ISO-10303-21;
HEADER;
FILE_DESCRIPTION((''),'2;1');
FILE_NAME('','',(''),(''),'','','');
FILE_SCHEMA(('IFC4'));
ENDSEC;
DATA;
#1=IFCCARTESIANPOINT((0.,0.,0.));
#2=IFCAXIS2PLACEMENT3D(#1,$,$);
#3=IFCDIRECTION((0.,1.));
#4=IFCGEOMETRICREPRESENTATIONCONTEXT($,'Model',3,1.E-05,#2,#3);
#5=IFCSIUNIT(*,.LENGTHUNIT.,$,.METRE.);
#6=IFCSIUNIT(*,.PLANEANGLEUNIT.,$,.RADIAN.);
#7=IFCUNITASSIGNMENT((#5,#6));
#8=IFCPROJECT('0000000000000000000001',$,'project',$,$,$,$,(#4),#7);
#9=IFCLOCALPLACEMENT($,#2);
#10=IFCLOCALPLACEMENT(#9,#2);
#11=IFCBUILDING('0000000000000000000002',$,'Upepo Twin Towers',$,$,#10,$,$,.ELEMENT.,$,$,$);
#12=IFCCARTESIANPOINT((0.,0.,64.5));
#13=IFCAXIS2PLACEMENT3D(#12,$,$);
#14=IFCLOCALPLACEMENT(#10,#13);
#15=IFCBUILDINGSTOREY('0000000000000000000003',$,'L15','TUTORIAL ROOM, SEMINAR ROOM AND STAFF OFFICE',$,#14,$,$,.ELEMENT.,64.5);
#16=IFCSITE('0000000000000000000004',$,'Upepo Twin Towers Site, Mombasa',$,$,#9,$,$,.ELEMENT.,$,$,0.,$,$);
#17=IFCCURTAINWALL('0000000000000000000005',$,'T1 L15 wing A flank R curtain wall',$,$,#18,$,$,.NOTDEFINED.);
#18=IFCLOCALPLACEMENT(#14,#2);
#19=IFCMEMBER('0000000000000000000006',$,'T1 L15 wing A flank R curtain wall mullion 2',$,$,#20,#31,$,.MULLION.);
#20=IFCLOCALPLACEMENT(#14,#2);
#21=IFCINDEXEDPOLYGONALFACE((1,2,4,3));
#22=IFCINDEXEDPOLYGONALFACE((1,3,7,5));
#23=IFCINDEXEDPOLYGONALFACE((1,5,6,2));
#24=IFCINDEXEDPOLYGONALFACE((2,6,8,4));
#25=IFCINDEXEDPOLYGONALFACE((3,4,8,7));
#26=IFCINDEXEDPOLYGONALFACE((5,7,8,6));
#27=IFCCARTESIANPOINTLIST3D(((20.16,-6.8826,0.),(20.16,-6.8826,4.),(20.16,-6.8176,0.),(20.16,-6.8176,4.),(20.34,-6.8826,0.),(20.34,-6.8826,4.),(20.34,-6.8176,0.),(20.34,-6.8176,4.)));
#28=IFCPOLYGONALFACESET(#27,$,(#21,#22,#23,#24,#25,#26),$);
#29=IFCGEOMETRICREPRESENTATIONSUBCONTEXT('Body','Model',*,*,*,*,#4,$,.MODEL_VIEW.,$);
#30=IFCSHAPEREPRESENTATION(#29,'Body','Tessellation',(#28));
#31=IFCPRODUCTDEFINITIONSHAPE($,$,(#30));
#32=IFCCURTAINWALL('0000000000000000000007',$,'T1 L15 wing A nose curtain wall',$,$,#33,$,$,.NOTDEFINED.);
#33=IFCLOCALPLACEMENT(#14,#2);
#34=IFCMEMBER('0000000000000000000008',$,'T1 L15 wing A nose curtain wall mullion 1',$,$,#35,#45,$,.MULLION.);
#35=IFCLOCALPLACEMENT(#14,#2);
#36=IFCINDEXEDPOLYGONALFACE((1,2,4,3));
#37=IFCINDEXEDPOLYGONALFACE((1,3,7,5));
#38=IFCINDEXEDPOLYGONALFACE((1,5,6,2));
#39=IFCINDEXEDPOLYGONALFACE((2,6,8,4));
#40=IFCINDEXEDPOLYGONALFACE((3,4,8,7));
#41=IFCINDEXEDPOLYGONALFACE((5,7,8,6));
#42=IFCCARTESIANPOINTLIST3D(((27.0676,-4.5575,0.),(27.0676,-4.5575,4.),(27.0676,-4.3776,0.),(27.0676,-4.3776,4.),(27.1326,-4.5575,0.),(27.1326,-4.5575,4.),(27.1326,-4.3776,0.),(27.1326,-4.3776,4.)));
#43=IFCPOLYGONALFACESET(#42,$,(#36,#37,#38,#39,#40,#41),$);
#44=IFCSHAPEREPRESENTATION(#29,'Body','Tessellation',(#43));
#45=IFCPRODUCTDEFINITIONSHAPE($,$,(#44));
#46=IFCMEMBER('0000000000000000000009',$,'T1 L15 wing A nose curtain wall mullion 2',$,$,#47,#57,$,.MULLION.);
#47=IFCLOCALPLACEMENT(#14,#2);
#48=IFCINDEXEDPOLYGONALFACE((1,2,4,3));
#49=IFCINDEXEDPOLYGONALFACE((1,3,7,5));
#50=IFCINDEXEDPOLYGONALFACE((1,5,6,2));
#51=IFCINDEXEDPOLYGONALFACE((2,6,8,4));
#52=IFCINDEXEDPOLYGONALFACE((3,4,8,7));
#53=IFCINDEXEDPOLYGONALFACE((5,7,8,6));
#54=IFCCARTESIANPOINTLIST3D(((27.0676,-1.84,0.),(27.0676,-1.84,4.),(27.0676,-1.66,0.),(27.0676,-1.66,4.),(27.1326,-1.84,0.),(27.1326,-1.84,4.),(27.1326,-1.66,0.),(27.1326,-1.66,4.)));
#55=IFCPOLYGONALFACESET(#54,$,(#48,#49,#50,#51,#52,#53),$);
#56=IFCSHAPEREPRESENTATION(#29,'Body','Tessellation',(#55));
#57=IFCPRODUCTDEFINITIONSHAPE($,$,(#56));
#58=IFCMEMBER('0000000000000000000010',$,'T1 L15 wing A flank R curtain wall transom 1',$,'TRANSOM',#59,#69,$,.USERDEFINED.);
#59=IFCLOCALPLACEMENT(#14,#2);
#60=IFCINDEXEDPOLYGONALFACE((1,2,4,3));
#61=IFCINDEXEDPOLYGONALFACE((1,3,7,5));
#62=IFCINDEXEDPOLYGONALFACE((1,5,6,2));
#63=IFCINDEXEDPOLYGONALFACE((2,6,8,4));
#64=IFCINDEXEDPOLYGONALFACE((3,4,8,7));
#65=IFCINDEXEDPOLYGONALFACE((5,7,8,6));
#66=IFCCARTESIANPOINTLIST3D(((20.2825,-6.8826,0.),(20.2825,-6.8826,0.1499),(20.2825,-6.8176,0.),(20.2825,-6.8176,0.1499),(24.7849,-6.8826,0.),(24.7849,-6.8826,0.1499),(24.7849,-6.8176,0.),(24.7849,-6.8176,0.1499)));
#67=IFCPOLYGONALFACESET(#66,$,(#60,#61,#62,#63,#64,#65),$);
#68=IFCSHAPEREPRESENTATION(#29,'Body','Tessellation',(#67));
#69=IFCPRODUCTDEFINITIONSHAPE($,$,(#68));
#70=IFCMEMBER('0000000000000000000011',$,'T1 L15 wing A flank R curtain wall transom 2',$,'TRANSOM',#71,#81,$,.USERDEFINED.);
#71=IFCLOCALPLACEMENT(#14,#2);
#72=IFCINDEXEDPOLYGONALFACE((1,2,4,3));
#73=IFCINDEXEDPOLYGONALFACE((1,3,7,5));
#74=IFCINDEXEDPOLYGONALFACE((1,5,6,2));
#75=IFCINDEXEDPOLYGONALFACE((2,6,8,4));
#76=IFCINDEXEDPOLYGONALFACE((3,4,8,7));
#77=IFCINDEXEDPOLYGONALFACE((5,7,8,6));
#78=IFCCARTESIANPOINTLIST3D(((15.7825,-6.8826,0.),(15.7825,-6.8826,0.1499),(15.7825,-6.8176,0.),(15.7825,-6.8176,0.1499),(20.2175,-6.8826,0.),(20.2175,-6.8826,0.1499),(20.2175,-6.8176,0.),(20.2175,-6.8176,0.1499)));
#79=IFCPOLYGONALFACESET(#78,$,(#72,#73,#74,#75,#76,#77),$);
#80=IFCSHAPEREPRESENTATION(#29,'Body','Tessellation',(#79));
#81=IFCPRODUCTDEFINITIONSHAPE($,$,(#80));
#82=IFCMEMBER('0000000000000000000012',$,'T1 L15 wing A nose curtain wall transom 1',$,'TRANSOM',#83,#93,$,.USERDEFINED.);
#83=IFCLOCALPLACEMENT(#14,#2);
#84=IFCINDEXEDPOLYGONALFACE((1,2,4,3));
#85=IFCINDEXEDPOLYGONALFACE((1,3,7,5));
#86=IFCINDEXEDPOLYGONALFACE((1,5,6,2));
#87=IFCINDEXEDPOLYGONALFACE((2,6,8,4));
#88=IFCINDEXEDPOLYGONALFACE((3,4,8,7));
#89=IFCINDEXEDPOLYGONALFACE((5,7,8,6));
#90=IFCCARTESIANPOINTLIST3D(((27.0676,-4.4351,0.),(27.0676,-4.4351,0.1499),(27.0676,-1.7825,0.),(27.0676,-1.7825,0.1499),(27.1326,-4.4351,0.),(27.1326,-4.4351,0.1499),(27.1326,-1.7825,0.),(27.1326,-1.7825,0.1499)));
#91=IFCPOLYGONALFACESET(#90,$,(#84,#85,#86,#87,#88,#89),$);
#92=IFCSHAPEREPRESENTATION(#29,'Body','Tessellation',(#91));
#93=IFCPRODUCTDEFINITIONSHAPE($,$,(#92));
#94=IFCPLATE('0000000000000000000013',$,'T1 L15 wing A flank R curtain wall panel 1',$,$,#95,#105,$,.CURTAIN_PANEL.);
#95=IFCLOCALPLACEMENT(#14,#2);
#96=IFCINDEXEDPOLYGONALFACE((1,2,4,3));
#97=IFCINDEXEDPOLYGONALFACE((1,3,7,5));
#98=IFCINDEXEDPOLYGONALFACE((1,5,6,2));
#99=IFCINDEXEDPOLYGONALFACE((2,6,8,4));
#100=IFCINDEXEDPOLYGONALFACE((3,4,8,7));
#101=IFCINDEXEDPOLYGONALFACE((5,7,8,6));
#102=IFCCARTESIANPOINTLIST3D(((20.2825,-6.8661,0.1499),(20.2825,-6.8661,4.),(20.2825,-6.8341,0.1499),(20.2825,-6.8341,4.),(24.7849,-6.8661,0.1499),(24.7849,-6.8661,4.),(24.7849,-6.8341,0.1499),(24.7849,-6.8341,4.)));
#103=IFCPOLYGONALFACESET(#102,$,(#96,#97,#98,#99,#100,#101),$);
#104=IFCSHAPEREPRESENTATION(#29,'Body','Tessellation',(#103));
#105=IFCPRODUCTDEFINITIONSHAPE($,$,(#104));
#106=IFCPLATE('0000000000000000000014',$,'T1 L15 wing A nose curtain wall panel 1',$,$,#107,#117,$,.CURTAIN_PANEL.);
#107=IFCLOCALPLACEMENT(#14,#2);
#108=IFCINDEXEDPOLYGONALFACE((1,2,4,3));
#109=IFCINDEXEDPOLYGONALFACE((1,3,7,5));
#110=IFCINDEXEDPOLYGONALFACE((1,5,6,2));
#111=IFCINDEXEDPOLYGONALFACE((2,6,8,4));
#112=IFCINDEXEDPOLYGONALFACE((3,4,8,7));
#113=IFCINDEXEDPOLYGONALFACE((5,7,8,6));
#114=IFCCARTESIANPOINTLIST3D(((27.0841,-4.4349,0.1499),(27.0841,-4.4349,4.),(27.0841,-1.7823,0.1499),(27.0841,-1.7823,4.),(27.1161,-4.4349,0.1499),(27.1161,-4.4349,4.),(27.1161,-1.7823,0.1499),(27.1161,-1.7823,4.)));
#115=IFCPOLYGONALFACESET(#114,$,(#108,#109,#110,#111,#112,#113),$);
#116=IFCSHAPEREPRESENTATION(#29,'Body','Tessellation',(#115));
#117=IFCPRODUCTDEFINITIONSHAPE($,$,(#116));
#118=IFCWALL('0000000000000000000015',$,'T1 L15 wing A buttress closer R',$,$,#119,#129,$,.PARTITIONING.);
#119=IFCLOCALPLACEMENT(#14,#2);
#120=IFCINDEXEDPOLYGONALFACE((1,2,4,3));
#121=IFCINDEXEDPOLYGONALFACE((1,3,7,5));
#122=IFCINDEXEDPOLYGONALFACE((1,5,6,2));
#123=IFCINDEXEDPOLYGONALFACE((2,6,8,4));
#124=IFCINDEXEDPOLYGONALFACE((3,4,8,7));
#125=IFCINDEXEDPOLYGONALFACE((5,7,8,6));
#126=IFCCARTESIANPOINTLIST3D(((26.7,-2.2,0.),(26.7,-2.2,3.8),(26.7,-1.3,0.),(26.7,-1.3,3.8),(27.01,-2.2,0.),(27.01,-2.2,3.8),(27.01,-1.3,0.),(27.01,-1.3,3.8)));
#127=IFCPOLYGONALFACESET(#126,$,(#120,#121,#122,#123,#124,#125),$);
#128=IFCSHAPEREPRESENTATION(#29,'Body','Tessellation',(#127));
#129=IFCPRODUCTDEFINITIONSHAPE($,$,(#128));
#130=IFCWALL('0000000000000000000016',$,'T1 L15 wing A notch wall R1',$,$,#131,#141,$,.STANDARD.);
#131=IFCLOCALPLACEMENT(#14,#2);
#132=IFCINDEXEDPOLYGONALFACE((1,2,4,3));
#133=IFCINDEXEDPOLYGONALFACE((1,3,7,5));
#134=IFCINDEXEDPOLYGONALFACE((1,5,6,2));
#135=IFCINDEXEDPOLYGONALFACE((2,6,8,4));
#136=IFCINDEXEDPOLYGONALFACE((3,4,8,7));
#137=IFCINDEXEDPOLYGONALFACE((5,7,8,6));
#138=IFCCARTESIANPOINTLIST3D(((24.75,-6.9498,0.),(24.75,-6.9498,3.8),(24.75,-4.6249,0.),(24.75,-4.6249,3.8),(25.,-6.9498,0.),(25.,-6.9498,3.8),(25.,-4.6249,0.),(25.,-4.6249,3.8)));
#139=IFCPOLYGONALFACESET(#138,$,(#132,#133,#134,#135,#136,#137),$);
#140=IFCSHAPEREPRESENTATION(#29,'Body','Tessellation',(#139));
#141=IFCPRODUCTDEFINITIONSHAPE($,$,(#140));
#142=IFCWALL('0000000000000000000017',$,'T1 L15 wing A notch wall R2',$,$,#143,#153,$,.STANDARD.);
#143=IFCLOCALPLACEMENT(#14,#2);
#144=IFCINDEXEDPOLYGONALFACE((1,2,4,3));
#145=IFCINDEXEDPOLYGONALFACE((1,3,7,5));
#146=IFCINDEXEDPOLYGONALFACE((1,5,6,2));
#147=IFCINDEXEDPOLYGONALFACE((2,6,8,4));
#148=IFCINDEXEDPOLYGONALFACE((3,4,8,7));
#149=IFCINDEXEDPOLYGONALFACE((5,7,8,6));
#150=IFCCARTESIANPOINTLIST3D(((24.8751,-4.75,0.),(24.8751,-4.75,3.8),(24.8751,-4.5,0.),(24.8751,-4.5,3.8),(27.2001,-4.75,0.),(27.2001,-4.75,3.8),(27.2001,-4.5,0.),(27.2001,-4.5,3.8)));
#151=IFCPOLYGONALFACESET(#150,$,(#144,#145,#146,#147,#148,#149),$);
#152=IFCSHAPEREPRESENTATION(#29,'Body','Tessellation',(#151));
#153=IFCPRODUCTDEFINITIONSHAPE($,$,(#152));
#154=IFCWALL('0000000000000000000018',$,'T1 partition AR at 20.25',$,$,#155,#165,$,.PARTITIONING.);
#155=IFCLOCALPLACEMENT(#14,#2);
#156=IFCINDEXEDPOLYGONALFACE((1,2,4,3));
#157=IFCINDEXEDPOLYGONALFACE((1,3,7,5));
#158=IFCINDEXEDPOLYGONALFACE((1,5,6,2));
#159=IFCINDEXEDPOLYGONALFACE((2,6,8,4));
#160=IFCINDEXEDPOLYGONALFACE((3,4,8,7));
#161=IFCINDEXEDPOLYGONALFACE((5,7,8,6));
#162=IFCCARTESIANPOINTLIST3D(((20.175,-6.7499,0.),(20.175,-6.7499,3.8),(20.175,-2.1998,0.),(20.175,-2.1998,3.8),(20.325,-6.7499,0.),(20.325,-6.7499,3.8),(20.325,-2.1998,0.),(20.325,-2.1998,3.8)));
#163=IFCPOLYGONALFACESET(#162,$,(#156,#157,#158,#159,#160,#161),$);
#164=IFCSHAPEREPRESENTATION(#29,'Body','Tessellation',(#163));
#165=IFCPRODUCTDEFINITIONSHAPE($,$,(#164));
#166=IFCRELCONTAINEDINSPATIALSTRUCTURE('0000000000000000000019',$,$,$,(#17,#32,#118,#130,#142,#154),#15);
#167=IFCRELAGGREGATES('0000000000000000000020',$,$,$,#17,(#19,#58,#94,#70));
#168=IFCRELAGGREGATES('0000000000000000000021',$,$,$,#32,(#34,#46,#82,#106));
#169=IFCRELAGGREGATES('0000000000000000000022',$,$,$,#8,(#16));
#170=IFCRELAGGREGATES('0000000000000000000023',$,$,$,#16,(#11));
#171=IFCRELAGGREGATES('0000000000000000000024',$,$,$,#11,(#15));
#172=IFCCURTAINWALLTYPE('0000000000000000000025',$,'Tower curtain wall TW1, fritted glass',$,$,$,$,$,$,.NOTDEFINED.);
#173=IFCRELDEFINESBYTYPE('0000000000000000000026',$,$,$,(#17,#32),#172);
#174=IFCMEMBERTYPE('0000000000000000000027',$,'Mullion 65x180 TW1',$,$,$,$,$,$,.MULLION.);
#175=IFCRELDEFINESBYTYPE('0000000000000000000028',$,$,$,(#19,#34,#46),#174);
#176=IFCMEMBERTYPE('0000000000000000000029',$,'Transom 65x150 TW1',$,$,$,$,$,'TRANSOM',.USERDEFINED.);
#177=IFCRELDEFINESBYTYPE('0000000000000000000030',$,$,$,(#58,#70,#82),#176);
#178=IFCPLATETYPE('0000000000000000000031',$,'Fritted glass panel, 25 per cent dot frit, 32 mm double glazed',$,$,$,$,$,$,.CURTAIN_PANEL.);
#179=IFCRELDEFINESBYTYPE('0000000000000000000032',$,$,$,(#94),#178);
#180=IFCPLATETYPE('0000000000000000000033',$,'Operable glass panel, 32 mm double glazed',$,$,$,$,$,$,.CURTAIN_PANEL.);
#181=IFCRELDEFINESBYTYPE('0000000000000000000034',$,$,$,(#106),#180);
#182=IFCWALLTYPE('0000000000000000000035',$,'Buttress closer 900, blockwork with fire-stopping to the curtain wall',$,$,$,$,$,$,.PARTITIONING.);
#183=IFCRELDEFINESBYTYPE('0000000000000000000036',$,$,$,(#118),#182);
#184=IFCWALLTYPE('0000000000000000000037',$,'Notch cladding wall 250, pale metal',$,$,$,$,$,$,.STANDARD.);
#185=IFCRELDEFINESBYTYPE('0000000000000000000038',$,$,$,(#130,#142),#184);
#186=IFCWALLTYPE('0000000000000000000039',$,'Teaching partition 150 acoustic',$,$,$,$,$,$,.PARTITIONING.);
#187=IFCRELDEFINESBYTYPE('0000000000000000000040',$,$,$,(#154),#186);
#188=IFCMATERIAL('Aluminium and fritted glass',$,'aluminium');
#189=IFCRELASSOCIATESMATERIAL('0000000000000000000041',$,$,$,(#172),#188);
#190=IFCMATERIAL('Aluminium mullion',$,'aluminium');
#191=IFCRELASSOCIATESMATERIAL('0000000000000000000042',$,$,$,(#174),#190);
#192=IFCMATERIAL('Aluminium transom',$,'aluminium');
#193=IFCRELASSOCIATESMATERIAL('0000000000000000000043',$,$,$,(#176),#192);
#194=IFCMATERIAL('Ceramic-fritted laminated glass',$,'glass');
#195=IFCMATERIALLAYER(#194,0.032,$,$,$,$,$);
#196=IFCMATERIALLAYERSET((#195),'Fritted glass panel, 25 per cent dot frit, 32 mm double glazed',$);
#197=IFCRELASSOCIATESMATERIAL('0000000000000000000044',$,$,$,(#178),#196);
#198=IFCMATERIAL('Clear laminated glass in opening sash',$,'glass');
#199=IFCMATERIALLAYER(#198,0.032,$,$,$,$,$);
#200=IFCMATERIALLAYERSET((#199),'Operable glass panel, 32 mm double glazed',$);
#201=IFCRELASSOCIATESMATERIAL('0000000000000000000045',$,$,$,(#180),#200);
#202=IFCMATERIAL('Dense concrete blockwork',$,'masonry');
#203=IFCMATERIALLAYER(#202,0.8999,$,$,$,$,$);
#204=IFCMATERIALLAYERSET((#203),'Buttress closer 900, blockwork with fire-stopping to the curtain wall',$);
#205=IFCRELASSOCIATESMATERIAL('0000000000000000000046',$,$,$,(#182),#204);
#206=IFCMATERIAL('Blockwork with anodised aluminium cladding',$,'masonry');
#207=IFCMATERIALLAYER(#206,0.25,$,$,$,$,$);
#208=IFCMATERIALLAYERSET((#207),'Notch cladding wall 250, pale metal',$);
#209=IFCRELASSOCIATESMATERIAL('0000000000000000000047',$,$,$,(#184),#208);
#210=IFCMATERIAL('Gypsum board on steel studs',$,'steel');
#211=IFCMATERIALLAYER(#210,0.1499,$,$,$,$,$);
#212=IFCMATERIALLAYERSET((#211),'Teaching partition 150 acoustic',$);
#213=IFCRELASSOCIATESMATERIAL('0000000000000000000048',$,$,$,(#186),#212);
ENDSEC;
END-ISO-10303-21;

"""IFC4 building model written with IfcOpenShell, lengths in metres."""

from ifc_helpers import new_model, si_unit, direction, frame, frame_2d, origin, origin_2d, place, context, subcontext, project, spatial, rectangle, extrude, material, layer, layer_set, material_profile, profile_set, type_object, element, aggregate, save


model = new_model("IFC4")

# Units and contexts
model_context = context("Model", 3, precision=1e-05, world=origin(), true_north=direction((0.0, 1.0)))
body_context = subcontext(model_context, "Body", "Model", "MODEL_VIEW")
ifc_project = project(units=[si_unit("LENGTHUNIT", "METRE"), si_unit("PLANEANGLEUNIT", "RADIAN")], contexts=[model_context])

# Site, building, storey
site_placement = place(None, origin())
site = spatial("IfcSite", under=ifc_project, at=site_placement, Name="Upepo Twin Towers Site, Mombasa", CompositionType="ELEMENT", RefElevation=0.0)
building_placement = place(site_placement, origin())
building = spatial("IfcBuilding", under=site, at=building_placement, Name="Upepo Twin Towers", CompositionType="ELEMENT")
storey_placement = place(building_placement, frame((0.0, 0.0, 64.5)))
storey = spatial("IfcBuildingStorey", under=building, at=storey_placement, Name="L15", Description="TUTORIAL ROOM, SEMINAR ROOM AND STAFF OFFICE", CompositionType="ELEMENT", Elevation=64.5)

# Curtain walls, members
ifc_material_1 = material(Name="Aluminium and fritted glass", Category="aluminium")
curtain_wall_type = type_object("IfcCurtainWallType", Name="Tower curtain wall TW1, fritted glass", PredefinedType="NOTDEFINED", material=ifc_material_1)
curtain_wall_1_placement = place(storey_placement, origin())
curtain_wall_1 = element("IfcCurtainWall", 1, at=curtain_wall_1_placement, inside=storey, type_object=curtain_wall_type, Name="T1 L15 wing A flank R curtain wall", PredefinedType="NOTDEFINED")
ifc_material_2 = material(Name="Aluminium mullion", Category="aluminium")
ifc_material_profile_1 = material_profile(ifc_material_2, rectangle(XDim=0.0649, YDim=0.1799, at=origin_2d()), Name="MULLION 65x180")
ifc_profile_set_1 = profile_set([ifc_material_profile_1], Name="Aluminium mullion")
member_type_1 = type_object("IfcMemberType", Name="Mullion 65x180 TW1", PredefinedType="MULLION", material=ifc_profile_set_1)
member_1_placement = place(storey_placement, frame((20.25, -6.8501, 0.0), z_axis=(0.0, 0.0, 1.0), x_axis=(0.0, -1.0, 0.0)))
member_1 = element("IfcMember", 2, at=member_1_placement, type_object=member_type_1, Name="T1 L15 wing A flank R curtain wall mullion 2", PredefinedType="MULLION", context=body_context, shape_type="SweptSolid", body=[
    extrude(rectangle(XDim=0.0649, YDim=0.1799, at=origin_2d()), origin(), (0.0, 0.0, 1.0), 4.0),
])
curtain_wall_2_placement = place(storey_placement, origin())
curtain_wall_2 = element("IfcCurtainWall", 3, at=curtain_wall_2_placement, inside=storey, type_object=curtain_wall_type, Name="T1 L15 wing A nose curtain wall", PredefinedType="NOTDEFINED")
member_2_placement = place(storey_placement, frame((27.1001, -4.4675, 0.0), z_axis=(0.0, 0.0, 1.0), x_axis=(-1.0, 0.0, 0.0)))
member_2 = element("IfcMember", 4, at=member_2_placement, type_object=member_type_1, Name="T1 L15 wing A nose curtain wall mullion 1", PredefinedType="MULLION", context=body_context, shape_type="SweptSolid", body=[
    extrude(rectangle(XDim=0.0649, YDim=0.1799, at=origin_2d()), origin(), (0.0, 0.0, 1.0), 4.0),
])
member_3_placement = place(storey_placement, frame((27.1001, -1.75, 0.0), z_axis=(0.0, 0.0, 1.0), x_axis=(-1.0, 0.0, 0.0)))
member_3 = element("IfcMember", 5, at=member_3_placement, type_object=member_type_1, Name="T1 L15 wing A nose curtain wall mullion 2", PredefinedType="MULLION", context=body_context, shape_type="SweptSolid", body=[
    extrude(rectangle(XDim=0.0649, YDim=0.1799, at=origin_2d()), origin(), (0.0, 0.0, 1.0), 4.0),
])

# Members
ifc_material_3 = material(Name="Aluminium transom", Category="aluminium")
ifc_material_profile_2 = material_profile(ifc_material_3, rectangle(XDim=0.0649, YDim=0.1499, at=origin_2d()), Name="TRANSOM 65x150")
ifc_profile_set_2 = profile_set([ifc_material_profile_2], Name="Aluminium transom")
member_type_2 = type_object("IfcMemberType", Name="Transom 65x150 TW1", ElementType="TRANSOM", PredefinedType="USERDEFINED", material=ifc_profile_set_2)
member_4_placement = place(storey_placement, frame((24.7849, -6.8501, 0.075), z_axis=(-1.0, 0.0, 0.0), x_axis=(0.0, -1.0, 0.0)))
member_4 = element("IfcMember", 6, at=member_4_placement, type_object=member_type_2, Name="T1 L15 wing A flank R curtain wall transom 1", ObjectType="TRANSOM", PredefinedType="USERDEFINED", context=body_context, shape_type="SweptSolid", body=[
    extrude(rectangle(XDim=0.0649, YDim=0.1499, at=origin_2d()), origin(), (0.0, 0.0, 1.0), 4.5024),
])
member_5_placement = place(storey_placement, frame((20.2175, -6.8501, 0.075), z_axis=(-1.0, 0.0, 0.0), x_axis=(0.0, -1.0, 0.0)))
member_5 = element("IfcMember", 7, at=member_5_placement, type_object=member_type_2, Name="T1 L15 wing A flank R curtain wall transom 2", ObjectType="TRANSOM", PredefinedType="USERDEFINED", context=body_context, shape_type="SweptSolid", body=[
    extrude(rectangle(XDim=0.0649, YDim=0.1499, at=origin_2d()), origin(), (0.0, 0.0, 1.0), 4.4351),
])
member_6_placement = place(storey_placement, frame((27.1001, -4.4351, 0.075), z_axis=(0.0, 1.0, 0.0), x_axis=(-1.0, 0.0, 0.0)))
member_6 = element("IfcMember", 8, at=member_6_placement, type_object=member_type_2, Name="T1 L15 wing A nose curtain wall transom 1", ObjectType="TRANSOM", PredefinedType="USERDEFINED", context=body_context, shape_type="SweptSolid", body=[
    extrude(rectangle(XDim=0.0649, YDim=0.1499, at=origin_2d()), origin(), (0.0, 0.0, 1.0), 2.6526),
])

# Plates
ifc_material_4 = material(Name="Ceramic-fritted laminated glass", Category="glass")
ifc_layer_1 = layer(ifc_material_4, 0.032)
ifc_layer_set_1 = layer_set([ifc_layer_1], Name="Fritted glass panel, 25 per cent dot frit, 32 mm double glazed")
plate_type_1 = type_object("IfcPlateType", Name="Fritted glass panel, 25 per cent dot frit, 32 mm double glazed", PredefinedType="CURTAIN_PANEL", material=ifc_layer_set_1)
plate_1_placement = place(storey_placement, frame((22.5337, -6.8501, 0.1499), z_axis=(0.0, 0.0, 1.0), x_axis=(-1.0, 0.0, 0.0)))
plate_1 = element("IfcPlate", 9, at=plate_1_placement, type_object=plate_type_1, Name="T1 L15 wing A flank R curtain wall panel 1", PredefinedType="CURTAIN_PANEL", context=body_context, shape_type="SweptSolid", body=[
    extrude(rectangle(XDim=4.5024, YDim=0.032, at=origin_2d()), origin(), (0.0, 0.0, 1.0), 3.8501),
])
aggregate(curtain_wall_1, [member_1, member_4, plate_1, member_5])
ifc_material_5 = material(Name="Clear laminated glass in opening sash", Category="glass")
ifc_layer_2 = layer(ifc_material_5, 0.032)
ifc_layer_set_2 = layer_set([ifc_layer_2], Name="Operable glass panel, 32 mm double glazed")
plate_type_2 = type_object("IfcPlateType", Name="Operable glass panel, 32 mm double glazed", PredefinedType="CURTAIN_PANEL", material=ifc_layer_set_2)
plate_2_placement = place(storey_placement, frame((27.1001, -3.1086, 0.1499), z_axis=(0.0, 0.0, 1.0), x_axis=(0.0, 1.0, 0.0)))
plate_2 = element("IfcPlate", 10, at=plate_2_placement, type_object=plate_type_2, Name="T1 L15 wing A nose curtain wall panel 1", PredefinedType="CURTAIN_PANEL", context=body_context, shape_type="SweptSolid", body=[
    extrude(rectangle(XDim=2.6526, YDim=0.032, at=origin_2d()), origin(), (0.0, 0.0, 1.0), 3.8501),
])
aggregate(curtain_wall_2, [member_2, member_3, member_6, plate_2])

# Walls
ifc_material_6 = material(Name="Dense concrete blockwork", Category="masonry")
ifc_layer_3 = layer(ifc_material_6, 0.8999)
ifc_layer_set_3 = layer_set([ifc_layer_3], Name="Buttress closer 900, blockwork with fire-stopping to the curtain wall")
wall_type_1 = type_object("IfcWallType", Name="Buttress closer 900, blockwork with fire-stopping to the curtain wall", PredefinedType="PARTITIONING", material=ifc_layer_set_3)
wall_1_placement = place(storey_placement, frame((26.7, -1.75, 0.0), z_axis=(0.0, 0.0, 1.0), x_axis=(1.0, 0.0, 0.0)))
element("IfcWall", 11, at=wall_1_placement, inside=storey, type_object=wall_type_1, Name="T1 L15 wing A buttress closer R", PredefinedType="PARTITIONING", context=body_context, shape_type="SweptSolid", body=[
    extrude(rectangle(XDim=0.3101, YDim=0.8999, at=frame_2d((0.155, 0.0))), origin(), (0.0, 0.0, 1.0), 3.8),
])
ifc_material_7 = material(Name="Blockwork with anodised aluminium cladding", Category="masonry")
ifc_layer_4 = layer(ifc_material_7, 0.25)
ifc_layer_set_4 = layer_set([ifc_layer_4], Name="Notch cladding wall 250, pale metal")
wall_type_2 = type_object("IfcWallType", Name="Notch cladding wall 250, pale metal", PredefinedType="STANDARD", material=ifc_layer_set_4)
for number, where, z_axis, x_axis, name in (
    (12, (24.875, -6.95, 0.0), (0.0, 0.0, 1.0), (0.0, 1.0, 0.0), "T1 L15 wing A notch wall R1"),
    (13, (24.875, -4.625, 0.0), (0.0, 0.0, 1.0), (1.0, 0.0, 0.0), "T1 L15 wing A notch wall R2"),
):
    element("IfcWall", number, at=place(storey_placement, frame(where, z_axis=z_axis, x_axis=x_axis)), inside=storey, type_object=wall_type_2, Name=name, PredefinedType="STANDARD", context=body_context, shape_type="SweptSolid", body=[
        extrude(rectangle(XDim=2.325, YDim=0.25, at=frame_2d((1.1626, 0.0))), origin(), (0.0, 0.0, 1.0), 3.8),
    ])
ifc_material_8 = material(Name="Gypsum board on steel studs", Category="steel")
ifc_layer_5 = layer(ifc_material_8, 0.1499)
ifc_layer_set_5 = layer_set([ifc_layer_5], Name="Teaching partition 150 acoustic")
wall_type_3 = type_object("IfcWallType", Name="Teaching partition 150 acoustic", PredefinedType="PARTITIONING", material=ifc_layer_set_5)
wall_2_placement = place(storey_placement, frame((20.25, -2.2, 0.0), z_axis=(0.0, 0.0, 1.0), x_axis=(0.0, -1.0, 0.0)))
element("IfcWall", 14, at=wall_2_placement, inside=storey, type_object=wall_type_3, Name="T1 partition AR at 20.25", PredefinedType="PARTITIONING", context=body_context, shape_type="SweptSolid", body=[
    extrude(rectangle(XDim=4.55, YDim=0.1499, at=frame_2d((2.2749, 0.0))), origin(), (0.0, 0.0, 1.0), 3.8),
])

save(model, "model.ifc")
